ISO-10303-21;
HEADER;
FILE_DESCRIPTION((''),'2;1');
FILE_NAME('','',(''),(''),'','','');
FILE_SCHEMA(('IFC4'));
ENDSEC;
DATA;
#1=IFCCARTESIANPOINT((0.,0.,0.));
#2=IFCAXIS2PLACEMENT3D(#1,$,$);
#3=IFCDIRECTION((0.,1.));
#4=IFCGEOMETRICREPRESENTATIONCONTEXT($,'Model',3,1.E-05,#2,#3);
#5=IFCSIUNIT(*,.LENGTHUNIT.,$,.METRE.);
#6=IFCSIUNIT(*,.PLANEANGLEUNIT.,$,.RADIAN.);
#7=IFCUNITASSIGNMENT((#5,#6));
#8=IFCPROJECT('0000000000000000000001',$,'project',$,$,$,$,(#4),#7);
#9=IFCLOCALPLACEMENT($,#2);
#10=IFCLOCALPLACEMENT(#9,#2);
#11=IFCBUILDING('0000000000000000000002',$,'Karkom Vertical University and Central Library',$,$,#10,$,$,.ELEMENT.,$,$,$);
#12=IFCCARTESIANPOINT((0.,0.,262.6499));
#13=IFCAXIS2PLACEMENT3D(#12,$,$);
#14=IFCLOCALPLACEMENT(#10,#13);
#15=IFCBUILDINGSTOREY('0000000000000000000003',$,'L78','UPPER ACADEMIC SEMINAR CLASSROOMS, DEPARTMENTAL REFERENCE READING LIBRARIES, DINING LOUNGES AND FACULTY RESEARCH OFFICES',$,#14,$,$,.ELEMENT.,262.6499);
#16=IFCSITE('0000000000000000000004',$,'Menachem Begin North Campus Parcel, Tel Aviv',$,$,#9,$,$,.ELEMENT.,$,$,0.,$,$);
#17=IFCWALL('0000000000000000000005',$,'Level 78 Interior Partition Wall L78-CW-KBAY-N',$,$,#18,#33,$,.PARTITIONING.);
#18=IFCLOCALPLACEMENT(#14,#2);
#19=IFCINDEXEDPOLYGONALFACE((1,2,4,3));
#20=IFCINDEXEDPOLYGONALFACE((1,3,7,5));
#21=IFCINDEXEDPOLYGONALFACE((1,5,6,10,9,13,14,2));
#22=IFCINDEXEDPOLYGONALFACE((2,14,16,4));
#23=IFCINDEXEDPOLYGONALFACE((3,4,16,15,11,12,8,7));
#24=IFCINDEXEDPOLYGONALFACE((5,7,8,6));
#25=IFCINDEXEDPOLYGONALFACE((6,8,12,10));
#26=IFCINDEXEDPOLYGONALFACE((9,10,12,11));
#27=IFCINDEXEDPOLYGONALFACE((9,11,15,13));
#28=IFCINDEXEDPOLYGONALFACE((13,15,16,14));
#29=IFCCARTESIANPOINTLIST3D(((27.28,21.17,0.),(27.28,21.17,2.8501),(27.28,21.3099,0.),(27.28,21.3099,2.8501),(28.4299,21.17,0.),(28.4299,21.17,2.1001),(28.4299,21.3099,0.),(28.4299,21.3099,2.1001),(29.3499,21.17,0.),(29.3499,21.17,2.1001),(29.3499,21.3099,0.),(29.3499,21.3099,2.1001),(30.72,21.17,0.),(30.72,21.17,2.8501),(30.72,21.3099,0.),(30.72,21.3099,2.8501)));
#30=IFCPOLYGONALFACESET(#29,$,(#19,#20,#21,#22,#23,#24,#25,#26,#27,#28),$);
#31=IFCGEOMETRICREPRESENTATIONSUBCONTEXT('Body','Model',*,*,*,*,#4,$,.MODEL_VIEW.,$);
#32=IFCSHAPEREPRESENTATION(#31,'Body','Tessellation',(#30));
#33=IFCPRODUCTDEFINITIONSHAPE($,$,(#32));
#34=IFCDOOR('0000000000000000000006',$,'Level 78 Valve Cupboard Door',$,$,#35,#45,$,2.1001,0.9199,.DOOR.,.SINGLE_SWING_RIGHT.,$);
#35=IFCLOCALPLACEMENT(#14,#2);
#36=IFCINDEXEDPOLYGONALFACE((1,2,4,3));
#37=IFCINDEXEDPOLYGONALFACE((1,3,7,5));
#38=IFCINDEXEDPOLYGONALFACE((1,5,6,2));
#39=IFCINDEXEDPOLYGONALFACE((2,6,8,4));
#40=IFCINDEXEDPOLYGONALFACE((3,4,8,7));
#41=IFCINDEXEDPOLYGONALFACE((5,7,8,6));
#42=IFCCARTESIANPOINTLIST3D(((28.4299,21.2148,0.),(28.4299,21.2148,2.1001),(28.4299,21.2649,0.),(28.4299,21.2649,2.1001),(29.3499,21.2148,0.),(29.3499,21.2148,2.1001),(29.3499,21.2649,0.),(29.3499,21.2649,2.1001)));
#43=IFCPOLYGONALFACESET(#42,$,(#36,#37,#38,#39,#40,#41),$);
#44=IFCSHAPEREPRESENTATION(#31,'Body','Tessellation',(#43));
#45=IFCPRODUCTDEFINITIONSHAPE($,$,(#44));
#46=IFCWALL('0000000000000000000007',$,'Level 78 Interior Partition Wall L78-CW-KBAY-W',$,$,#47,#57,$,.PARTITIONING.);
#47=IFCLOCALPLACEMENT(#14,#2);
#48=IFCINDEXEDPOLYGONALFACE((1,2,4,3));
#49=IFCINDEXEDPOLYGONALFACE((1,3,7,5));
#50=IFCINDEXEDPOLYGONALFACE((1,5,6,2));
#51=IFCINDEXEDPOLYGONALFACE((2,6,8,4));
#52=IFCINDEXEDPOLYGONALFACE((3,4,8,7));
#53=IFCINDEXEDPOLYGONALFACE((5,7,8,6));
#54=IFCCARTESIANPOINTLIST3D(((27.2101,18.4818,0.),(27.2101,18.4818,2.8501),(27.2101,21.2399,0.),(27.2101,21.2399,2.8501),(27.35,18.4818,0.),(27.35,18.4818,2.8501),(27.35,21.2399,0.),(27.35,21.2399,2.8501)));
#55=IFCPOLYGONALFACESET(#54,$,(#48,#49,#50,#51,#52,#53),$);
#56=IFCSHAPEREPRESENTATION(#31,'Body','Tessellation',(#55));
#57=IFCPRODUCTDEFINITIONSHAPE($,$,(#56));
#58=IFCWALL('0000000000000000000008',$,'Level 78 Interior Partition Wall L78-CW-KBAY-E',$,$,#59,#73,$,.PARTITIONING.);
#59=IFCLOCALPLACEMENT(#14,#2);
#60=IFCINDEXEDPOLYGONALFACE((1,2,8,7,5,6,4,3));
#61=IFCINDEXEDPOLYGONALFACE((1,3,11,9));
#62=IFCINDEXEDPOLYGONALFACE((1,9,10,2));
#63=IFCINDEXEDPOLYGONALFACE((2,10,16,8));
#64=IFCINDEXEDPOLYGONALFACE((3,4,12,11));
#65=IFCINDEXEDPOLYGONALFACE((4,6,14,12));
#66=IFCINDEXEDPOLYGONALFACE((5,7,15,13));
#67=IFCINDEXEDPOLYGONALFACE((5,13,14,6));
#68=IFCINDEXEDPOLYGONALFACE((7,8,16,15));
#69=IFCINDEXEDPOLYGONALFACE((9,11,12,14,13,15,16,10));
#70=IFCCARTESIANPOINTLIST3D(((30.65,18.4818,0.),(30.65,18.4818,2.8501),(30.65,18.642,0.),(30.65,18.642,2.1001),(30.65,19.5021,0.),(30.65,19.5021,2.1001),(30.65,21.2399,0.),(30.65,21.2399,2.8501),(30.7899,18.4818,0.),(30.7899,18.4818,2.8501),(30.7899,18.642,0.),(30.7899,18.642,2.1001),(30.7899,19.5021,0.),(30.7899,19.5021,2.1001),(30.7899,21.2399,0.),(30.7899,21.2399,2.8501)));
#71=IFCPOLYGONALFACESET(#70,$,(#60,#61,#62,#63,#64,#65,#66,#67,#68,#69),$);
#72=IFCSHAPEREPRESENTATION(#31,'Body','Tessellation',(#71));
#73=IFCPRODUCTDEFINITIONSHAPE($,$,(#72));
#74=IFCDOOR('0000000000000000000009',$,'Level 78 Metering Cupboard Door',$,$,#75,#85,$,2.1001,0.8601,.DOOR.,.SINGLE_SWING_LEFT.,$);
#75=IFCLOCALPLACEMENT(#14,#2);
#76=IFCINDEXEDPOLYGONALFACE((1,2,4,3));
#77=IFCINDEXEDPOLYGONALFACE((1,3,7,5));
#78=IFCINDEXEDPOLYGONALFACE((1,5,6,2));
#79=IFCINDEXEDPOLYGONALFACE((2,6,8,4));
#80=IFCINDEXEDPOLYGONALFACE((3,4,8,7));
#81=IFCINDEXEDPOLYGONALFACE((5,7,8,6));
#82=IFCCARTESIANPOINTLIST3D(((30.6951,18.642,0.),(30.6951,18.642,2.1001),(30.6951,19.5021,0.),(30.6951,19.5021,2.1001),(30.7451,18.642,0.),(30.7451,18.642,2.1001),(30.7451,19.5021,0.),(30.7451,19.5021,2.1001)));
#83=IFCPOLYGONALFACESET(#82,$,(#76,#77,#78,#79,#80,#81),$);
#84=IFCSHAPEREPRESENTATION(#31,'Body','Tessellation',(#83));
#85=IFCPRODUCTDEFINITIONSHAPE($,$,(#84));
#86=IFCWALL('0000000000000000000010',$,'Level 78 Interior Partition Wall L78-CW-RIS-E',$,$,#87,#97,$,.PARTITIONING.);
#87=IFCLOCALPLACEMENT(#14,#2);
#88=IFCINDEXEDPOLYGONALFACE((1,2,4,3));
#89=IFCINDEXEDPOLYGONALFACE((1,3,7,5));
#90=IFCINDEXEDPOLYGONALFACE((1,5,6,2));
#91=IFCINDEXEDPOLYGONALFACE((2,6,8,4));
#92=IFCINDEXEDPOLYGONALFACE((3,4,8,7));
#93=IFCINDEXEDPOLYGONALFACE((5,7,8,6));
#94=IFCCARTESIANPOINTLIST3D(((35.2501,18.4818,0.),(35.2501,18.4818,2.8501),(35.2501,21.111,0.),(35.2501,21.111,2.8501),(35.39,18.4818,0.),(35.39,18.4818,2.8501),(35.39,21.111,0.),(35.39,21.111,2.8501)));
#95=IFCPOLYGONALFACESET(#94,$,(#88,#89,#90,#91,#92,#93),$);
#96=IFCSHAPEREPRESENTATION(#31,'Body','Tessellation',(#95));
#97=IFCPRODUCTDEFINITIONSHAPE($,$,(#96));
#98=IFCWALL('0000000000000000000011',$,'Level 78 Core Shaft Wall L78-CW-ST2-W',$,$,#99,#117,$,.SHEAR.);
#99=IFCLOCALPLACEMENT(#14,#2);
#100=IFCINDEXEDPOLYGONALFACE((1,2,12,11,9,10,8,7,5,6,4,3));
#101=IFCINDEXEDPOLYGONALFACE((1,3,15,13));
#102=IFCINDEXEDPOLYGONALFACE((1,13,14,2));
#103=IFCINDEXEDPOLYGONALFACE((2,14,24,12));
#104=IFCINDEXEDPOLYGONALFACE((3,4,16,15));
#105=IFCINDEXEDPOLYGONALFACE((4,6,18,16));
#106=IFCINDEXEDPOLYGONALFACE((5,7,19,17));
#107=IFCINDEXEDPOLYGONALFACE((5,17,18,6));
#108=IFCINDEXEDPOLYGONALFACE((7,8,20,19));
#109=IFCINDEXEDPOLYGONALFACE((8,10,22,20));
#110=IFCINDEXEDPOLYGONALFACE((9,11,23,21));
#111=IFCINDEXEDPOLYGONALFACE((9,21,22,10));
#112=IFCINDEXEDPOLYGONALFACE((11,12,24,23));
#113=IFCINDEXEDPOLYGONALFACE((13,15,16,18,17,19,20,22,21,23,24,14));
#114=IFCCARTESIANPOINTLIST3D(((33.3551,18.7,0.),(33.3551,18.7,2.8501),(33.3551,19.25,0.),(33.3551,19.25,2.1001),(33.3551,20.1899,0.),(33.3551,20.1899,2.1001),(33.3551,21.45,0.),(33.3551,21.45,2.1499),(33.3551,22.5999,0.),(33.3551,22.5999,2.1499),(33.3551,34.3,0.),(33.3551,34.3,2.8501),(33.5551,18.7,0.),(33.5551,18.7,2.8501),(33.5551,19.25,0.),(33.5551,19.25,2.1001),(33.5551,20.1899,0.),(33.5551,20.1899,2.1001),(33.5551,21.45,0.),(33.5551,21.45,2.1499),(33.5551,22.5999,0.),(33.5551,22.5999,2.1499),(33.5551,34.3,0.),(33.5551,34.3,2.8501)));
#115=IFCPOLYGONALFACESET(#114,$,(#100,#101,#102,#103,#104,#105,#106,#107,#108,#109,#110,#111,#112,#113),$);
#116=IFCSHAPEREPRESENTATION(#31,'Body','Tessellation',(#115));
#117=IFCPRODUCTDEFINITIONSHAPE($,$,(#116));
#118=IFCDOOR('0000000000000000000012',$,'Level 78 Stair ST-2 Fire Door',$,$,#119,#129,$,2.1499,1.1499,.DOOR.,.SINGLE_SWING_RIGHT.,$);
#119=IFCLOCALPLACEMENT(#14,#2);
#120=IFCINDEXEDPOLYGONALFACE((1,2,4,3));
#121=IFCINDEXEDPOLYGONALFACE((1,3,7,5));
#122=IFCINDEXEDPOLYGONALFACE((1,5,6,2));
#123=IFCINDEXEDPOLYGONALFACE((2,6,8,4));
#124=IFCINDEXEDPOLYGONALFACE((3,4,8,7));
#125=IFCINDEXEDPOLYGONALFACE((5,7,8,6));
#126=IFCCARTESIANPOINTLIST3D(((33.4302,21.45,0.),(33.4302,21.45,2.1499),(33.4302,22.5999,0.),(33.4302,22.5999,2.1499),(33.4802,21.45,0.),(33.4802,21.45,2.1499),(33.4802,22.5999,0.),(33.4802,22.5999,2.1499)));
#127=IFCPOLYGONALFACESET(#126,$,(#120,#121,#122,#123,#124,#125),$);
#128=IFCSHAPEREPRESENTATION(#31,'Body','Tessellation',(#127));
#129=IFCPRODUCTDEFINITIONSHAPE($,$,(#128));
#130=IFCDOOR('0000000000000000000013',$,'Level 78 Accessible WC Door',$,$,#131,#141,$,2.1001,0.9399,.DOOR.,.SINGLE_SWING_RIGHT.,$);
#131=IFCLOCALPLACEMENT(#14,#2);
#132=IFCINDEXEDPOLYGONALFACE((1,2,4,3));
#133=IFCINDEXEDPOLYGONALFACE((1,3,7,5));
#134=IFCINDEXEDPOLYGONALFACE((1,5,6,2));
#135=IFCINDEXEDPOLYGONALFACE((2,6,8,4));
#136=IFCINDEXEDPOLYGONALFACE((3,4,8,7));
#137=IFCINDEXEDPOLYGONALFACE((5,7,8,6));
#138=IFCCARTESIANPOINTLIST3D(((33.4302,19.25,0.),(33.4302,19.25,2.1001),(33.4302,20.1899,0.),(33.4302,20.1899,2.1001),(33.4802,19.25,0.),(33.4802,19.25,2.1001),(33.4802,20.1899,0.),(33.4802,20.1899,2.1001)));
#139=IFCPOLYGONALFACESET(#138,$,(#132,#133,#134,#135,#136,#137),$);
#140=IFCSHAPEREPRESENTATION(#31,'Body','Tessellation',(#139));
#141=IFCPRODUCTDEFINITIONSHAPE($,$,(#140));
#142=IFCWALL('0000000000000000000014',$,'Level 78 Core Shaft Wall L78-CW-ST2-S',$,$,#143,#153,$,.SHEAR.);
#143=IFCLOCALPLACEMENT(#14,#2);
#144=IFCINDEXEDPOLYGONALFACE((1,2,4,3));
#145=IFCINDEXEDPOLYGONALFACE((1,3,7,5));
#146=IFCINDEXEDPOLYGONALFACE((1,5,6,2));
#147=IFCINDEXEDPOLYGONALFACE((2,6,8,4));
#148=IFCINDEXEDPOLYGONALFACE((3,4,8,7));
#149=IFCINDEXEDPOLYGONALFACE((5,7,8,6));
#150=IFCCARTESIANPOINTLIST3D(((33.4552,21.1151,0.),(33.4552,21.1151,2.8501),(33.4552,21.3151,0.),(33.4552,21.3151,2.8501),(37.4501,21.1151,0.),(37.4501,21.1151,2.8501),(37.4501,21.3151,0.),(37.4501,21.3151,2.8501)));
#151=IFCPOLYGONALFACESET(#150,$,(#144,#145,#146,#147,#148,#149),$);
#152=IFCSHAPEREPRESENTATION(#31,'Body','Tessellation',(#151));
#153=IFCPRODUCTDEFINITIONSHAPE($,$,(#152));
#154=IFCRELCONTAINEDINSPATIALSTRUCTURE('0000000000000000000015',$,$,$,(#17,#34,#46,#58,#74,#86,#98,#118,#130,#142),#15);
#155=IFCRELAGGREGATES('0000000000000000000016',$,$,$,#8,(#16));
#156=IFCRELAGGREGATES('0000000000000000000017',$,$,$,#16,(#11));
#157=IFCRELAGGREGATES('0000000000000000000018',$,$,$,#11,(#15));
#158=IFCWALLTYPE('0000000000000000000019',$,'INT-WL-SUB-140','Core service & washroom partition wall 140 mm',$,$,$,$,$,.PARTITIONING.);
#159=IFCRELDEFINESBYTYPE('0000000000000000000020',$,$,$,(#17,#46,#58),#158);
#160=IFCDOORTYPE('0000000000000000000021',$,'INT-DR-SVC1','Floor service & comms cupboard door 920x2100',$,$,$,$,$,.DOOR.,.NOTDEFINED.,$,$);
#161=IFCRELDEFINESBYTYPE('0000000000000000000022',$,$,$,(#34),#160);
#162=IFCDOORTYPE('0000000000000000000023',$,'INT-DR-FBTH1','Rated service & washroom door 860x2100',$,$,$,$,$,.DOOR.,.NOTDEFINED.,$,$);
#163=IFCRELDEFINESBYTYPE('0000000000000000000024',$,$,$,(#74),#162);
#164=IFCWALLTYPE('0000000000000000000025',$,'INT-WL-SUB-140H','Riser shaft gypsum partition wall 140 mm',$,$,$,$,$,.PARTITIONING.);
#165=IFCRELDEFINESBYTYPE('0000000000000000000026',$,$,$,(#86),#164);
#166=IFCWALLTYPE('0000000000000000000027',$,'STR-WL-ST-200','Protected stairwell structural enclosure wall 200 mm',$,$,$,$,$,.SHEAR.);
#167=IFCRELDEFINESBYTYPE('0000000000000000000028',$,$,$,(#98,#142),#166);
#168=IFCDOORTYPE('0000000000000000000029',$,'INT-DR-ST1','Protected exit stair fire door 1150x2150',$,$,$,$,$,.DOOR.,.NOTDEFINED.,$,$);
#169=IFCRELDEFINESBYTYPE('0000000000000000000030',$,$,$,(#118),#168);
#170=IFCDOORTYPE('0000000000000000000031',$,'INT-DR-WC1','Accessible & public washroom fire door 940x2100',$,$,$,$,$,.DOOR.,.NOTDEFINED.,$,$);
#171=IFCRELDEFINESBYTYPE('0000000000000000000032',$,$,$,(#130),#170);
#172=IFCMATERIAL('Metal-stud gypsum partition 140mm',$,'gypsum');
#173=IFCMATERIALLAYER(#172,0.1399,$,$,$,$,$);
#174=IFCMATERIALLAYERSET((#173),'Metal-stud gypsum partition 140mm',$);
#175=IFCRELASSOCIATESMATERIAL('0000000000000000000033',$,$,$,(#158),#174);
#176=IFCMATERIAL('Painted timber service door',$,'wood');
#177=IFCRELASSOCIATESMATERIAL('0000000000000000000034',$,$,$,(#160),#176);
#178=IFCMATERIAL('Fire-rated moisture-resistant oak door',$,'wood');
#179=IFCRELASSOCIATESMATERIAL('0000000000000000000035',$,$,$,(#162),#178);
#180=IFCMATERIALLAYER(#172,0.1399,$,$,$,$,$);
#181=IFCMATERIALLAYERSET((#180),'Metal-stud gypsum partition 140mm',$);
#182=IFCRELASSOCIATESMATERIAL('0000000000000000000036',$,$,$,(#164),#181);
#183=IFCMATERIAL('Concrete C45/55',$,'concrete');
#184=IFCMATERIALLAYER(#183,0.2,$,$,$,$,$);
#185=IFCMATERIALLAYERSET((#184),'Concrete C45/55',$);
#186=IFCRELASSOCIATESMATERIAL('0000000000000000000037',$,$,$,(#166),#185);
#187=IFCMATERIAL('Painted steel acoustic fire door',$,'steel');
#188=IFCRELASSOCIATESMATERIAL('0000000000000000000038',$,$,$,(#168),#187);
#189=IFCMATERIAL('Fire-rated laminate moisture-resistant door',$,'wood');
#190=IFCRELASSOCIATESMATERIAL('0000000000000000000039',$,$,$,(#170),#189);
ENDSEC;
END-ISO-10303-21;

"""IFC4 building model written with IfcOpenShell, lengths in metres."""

from ifc_helpers import new_model, si_unit, direction, frame, frame_2d, origin, origin_with_axes, place, context, subcontext, project, spatial, rectangle, extrude, source, transform, mapped, material, layer, layer_set, type_object, element, fill, save


model = new_model("IFC4")

# Units and contexts
model_context = context("Model", 3, precision=1e-05, world=origin(), true_north=direction((0.0, 1.0)))
body_context = subcontext(model_context, "Body", "Model", "MODEL_VIEW")
ifc_project = project(units=[si_unit("LENGTHUNIT", "METRE"), si_unit("PLANEANGLEUNIT", "RADIAN")], contexts=[model_context])

# Site, building, storey
site_placement = place(None, origin())
site = spatial("IfcSite", under=ifc_project, at=site_placement, Name="Menachem Begin North Campus Parcel, Tel Aviv", CompositionType="ELEMENT", RefElevation=0.0)
building_placement = place(site_placement, origin())
building = spatial("IfcBuilding", under=site, at=building_placement, Name="Karkom Vertical University and Central Library", CompositionType="ELEMENT")
storey_placement = place(building_placement, frame((0.0, 0.0, 262.6499)))
storey = spatial("IfcBuildingStorey", under=building, at=storey_placement, Name="L78", Description="UPPER ACADEMIC SEMINAR CLASSROOMS, DEPARTMENTAL REFERENCE READING LIBRARIES, DINING LOUNGES AND FACULTY RESEARCH OFFICES", CompositionType="ELEMENT", Elevation=262.6499)

# Shared definitions
ifc_material_1 = material(Name="Concrete C45/55", Category="concrete")

# Wall, opening, door
ifc_material_2 = material(Name="Metal-stud gypsum partition 140mm", Category="gypsum")
ifc_layer_1 = layer(ifc_material_2, 0.1399)
ifc_layer_set_1 = layer_set([ifc_layer_1], Name="Metal-stud gypsum partition 140mm")
wall_type_1 = type_object("IfcWallType", Name="INT-WL-SUB-140", Description="Core service & washroom partition wall 140 mm", PredefinedType="PARTITIONING", material=ifc_layer_set_1)
wall_1_placement = place(storey_placement, frame((27.28, 21.24, 0.0), z_axis=(0.0, 0.0, 1.0), x_axis=(1.0, 0.0, 0.0)))
wall_1 = element("IfcWall", 1, at=wall_1_placement, inside=storey, type_object=wall_type_1, Name="Level 78 Interior Partition Wall L78-CW-KBAY-N", PredefinedType="PARTITIONING", context=body_context, shape_type="SweptSolid", body=[
    extrude(rectangle(XDim=3.4399, YDim=0.1399, at=frame_2d((1.72, 0.0))), origin(), (0.0, 0.0, 1.0), 2.8501),
])
opening_1_placement = place(wall_1_placement, frame((1.1499, 0.0, 0.0)))
opening_1 = element("IfcOpeningElement", 2, at=opening_1_placement, cuts=wall_1, PredefinedType="OPENING", context=body_context, shape_type="SweptSolid", body=[
    extrude(rectangle(XDim=0.9199, YDim=2.1001, at=frame_2d((0.46, 1.05))), frame((0.0, 0.0801, 0.0), z_axis=(0.0, -1.0, 0.0), x_axis=(1.0, 0.0, 0.0)), (0.0, 0.0, 1.0), 0.1599),
])
ifc_material_3 = material(Name="Painted timber service door", Category="wood")
door_type_1 = type_object("IfcDoorType", Name="INT-DR-SVC1", Description="Floor service & comms cupboard door 920x2100", OperationType="NOTDEFINED", PredefinedType="DOOR", material=ifc_material_3)
shared_shape_1 = source(origin_with_axes(), body_context, "Body", "SweptSolid", [
    extrude(rectangle(XDim=0.9199, YDim=2.1001, at=frame_2d((0.46, 1.05))), frame((0.0, 0.0249, 0.0), z_axis=(0.0, -1.0, 0.0), x_axis=(1.0, 0.0, 0.0)), (0.0, 0.0, 1.0), 0.05),
])
door_1_placement = place(opening_1_placement, origin())
door_1 = element("IfcDoor", 3, at=door_1_placement, inside=storey, type_object=door_type_1, Name="Level 78 Valve Cupboard Door", OperationType="SINGLE_SWING_RIGHT", OverallHeight=2.1001, OverallWidth=0.9199, PredefinedType="DOOR", context=body_context, shape_type="MappedRepresentation", body=[
    mapped(shared_shape_1, transform((0.0, 0.0, 0.0), scale=1.0)),
])
fill(opening_1, door_1)

# Wall
wall_2_placement = place(storey_placement, frame((27.28, 18.4819, 0.0), z_axis=(0.0, 0.0, 1.0), x_axis=(0.0, 1.0, 0.0)))
element("IfcWall", 4, at=wall_2_placement, inside=storey, type_object=wall_type_1, Name="Level 78 Interior Partition Wall L78-CW-KBAY-W", PredefinedType="PARTITIONING", context=body_context, shape_type="SweptSolid", body=[
    extrude(rectangle(XDim=2.7581, YDim=0.1399, at=frame_2d((1.3789, 0.0))), origin(), (0.0, 0.0, 1.0), 2.8501),
])

# Wall, opening, door
wall_3_placement = place(storey_placement, frame((30.72, 18.4819, 0.0), z_axis=(0.0, 0.0, 1.0), x_axis=(0.0, 1.0, 0.0)))
wall_3 = element("IfcWall", 5, at=wall_3_placement, inside=storey, type_object=wall_type_1, Name="Level 78 Interior Partition Wall L78-CW-KBAY-E", PredefinedType="PARTITIONING", context=body_context, shape_type="SweptSolid", body=[
    extrude(rectangle(XDim=2.7581, YDim=0.1399, at=frame_2d((1.3789, 0.0))), origin(), (0.0, 0.0, 1.0), 2.8501),
])
opening_2_placement = place(wall_3_placement, frame((0.1599, 0.0, 0.0)))
opening_2 = element("IfcOpeningElement", 6, at=opening_2_placement, cuts=wall_3, PredefinedType="OPENING", context=body_context, shape_type="SweptSolid", body=[
    extrude(rectangle(XDim=0.8601, YDim=2.1001, at=frame_2d((0.4302, 1.05))), frame((0.0, 0.0801, 0.0), z_axis=(0.0, -1.0, 0.0), x_axis=(1.0, 0.0, 0.0)), (0.0, 0.0, 1.0), 0.1599),
])
ifc_material_4 = material(Name="Fire-rated moisture-resistant oak door", Category="wood")
door_type_2 = type_object("IfcDoorType", Name="INT-DR-FBTH1", Description="Rated service & washroom door 860x2100", OperationType="NOTDEFINED", PredefinedType="DOOR", material=ifc_material_4)
shared_shape_2 = source(origin_with_axes(), body_context, "Body", "SweptSolid", [
    extrude(rectangle(XDim=0.8601, YDim=2.1001, at=frame_2d((0.4302, 1.05))), frame((0.0, 0.0249, 0.0), z_axis=(0.0, -1.0, 0.0), x_axis=(1.0, 0.0, 0.0)), (0.0, 0.0, 1.0), 0.05),
])
door_2_placement = place(opening_2_placement, origin())
door_2 = element("IfcDoor", 7, at=door_2_placement, inside=storey, type_object=door_type_2, Name="Level 78 Metering Cupboard Door", OperationType="SINGLE_SWING_LEFT", OverallHeight=2.1001, OverallWidth=0.8601, PredefinedType="DOOR", context=body_context, shape_type="MappedRepresentation", body=[
    mapped(shared_shape_2, transform((0.0, 0.0, 0.0), scale=1.0)),
])
fill(opening_2, door_2)

# Wall
ifc_layer_2 = layer(ifc_material_2, 0.1399)
ifc_layer_set_2 = layer_set([ifc_layer_2], Name="Metal-stud gypsum partition 140mm")
wall_type_2 = type_object("IfcWallType", Name="INT-WL-SUB-140H", Description="Riser shaft gypsum partition wall 140 mm", PredefinedType="PARTITIONING", material=ifc_layer_set_2)
wall_4_placement = place(storey_placement, frame((35.3201, 18.4819, 0.0), z_axis=(0.0, 0.0, 1.0), x_axis=(0.0, 1.0, 0.0)))
element("IfcWall", 8, at=wall_4_placement, inside=storey, type_object=wall_type_2, Name="Level 78 Interior Partition Wall L78-CW-RIS-E", PredefinedType="PARTITIONING", context=body_context, shape_type="SweptSolid", body=[
    extrude(rectangle(XDim=2.6292, YDim=0.1399, at=frame_2d((1.3145, 0.0))), origin(), (0.0, 0.0, 1.0), 2.8501),
])

# Wall, openings, doors
ifc_layer_3 = layer(ifc_material_1, 0.2)
ifc_layer_set_3 = layer_set([ifc_layer_3], Name="Concrete C45/55")
wall_type_3 = type_object("IfcWallType", Name="STR-WL-ST-200", Description="Protected stairwell structural enclosure wall 200 mm", PredefinedType="SHEAR", material=ifc_layer_set_3)
wall_5_placement = place(storey_placement, frame((33.4551, 18.7, 0.0), z_axis=(0.0, 0.0, 1.0), x_axis=(0.0, 1.0, 0.0)))
wall_5 = element("IfcWall", 9, at=wall_5_placement, inside=storey, type_object=wall_type_3, Name="Level 78 Core Shaft Wall L78-CW-ST2-W", PredefinedType="SHEAR", context=body_context, shape_type="SweptSolid", body=[
    extrude(rectangle(XDim=15.6001, YDim=0.2, at=frame_2d((7.8, 0.0))), origin(), (0.0, 0.0, 1.0), 2.8501),
])
opening_3_placement = place(wall_5_placement, frame((2.75, 0.0, 0.0)))
opening_3 = element("IfcOpeningElement", 10, at=opening_3_placement, cuts=wall_5, PredefinedType="OPENING", context=body_context, shape_type="SweptSolid", body=[
    extrude(rectangle(XDim=1.1499, YDim=2.1499, at=frame_2d((0.575, 1.075))), frame((0.0, 0.1099, 0.0), z_axis=(0.0, -1.0, 0.0), x_axis=(1.0, 0.0, 0.0)), (0.0, 0.0, 1.0), 0.22),
])
opening_4_placement = place(wall_5_placement, frame((0.55, 0.0, 0.0)))
opening_4 = element("IfcOpeningElement", 11, at=opening_4_placement, cuts=wall_5, PredefinedType="OPENING", context=body_context, shape_type="SweptSolid", body=[
    extrude(rectangle(XDim=0.9399, YDim=2.1001, at=frame_2d((0.47, 1.05))), frame((0.0, 0.1099, 0.0), z_axis=(0.0, -1.0, 0.0), x_axis=(1.0, 0.0, 0.0)), (0.0, 0.0, 1.0), 0.22),
])
ifc_material_5 = material(Name="Painted steel acoustic fire door", Category="steel")
door_type_3 = type_object("IfcDoorType", Name="INT-DR-ST1", Description="Protected exit stair fire door 1150x2150", OperationType="NOTDEFINED", PredefinedType="DOOR", material=ifc_material_5)
shared_shape_3 = source(origin_with_axes(), body_context, "Body", "SweptSolid", [
    extrude(rectangle(XDim=1.1499, YDim=2.1499, at=frame_2d((0.575, 1.075))), frame((0.0, 0.0249, 0.0), z_axis=(0.0, -1.0, 0.0), x_axis=(1.0, 0.0, 0.0)), (0.0, 0.0, 1.0), 0.05),
])
door_3_placement = place(opening_3_placement, origin())
door_3 = element("IfcDoor", 12, at=door_3_placement, inside=storey, type_object=door_type_3, Name="Level 78 Stair ST-2 Fire Door", OperationType="SINGLE_SWING_RIGHT", OverallHeight=2.1499, OverallWidth=1.1499, PredefinedType="DOOR", context=body_context, shape_type="MappedRepresentation", body=[
    mapped(shared_shape_3, transform((0.0, 0.0, 0.0), scale=1.0)),
])
fill(opening_3, door_3)
ifc_material_6 = material(Name="Fire-rated laminate moisture-resistant door", Category="wood")
door_type_4 = type_object("IfcDoorType", Name="INT-DR-WC1", Description="Accessible & public washroom fire door 940x2100", OperationType="NOTDEFINED", PredefinedType="DOOR", material=ifc_material_6)
shared_shape_4 = source(origin_with_axes(), body_context, "Body", "SweptSolid", [
    extrude(rectangle(XDim=0.9399, YDim=2.1001, at=frame_2d((0.47, 1.05))), frame((0.0, 0.0249, 0.0), z_axis=(0.0, -1.0, 0.0), x_axis=(1.0, 0.0, 0.0)), (0.0, 0.0, 1.0), 0.05),
])
door_4_placement = place(opening_4_placement, origin())
door_4 = element("IfcDoor", 13, at=door_4_placement, inside=storey, type_object=door_type_4, Name="Level 78 Accessible WC Door", OperationType="SINGLE_SWING_RIGHT", OverallHeight=2.1001, OverallWidth=0.9399, PredefinedType="DOOR", context=body_context, shape_type="MappedRepresentation", body=[
    mapped(shared_shape_4, transform((0.0, 0.0, 0.0), scale=1.0)),
])
fill(opening_4, door_4)

# Wall
wall_6_placement = place(storey_placement, frame((33.4551, 21.2151, 0.0), z_axis=(0.0, 0.0, 1.0), x_axis=(1.0, 0.0, 0.0)))
element("IfcWall", 14, at=wall_6_placement, inside=storey, type_object=wall_type_3, Name="Level 78 Core Shaft Wall L78-CW-ST2-S", PredefinedType="SHEAR", context=body_context, shape_type="SweptSolid", body=[
    extrude(rectangle(XDim=3.9949, YDim=0.2, at=frame_2d((1.9976, 0.0))), origin(), (0.0, 0.0, 1.0), 2.8501),
])

save(model, "model.ifc")
